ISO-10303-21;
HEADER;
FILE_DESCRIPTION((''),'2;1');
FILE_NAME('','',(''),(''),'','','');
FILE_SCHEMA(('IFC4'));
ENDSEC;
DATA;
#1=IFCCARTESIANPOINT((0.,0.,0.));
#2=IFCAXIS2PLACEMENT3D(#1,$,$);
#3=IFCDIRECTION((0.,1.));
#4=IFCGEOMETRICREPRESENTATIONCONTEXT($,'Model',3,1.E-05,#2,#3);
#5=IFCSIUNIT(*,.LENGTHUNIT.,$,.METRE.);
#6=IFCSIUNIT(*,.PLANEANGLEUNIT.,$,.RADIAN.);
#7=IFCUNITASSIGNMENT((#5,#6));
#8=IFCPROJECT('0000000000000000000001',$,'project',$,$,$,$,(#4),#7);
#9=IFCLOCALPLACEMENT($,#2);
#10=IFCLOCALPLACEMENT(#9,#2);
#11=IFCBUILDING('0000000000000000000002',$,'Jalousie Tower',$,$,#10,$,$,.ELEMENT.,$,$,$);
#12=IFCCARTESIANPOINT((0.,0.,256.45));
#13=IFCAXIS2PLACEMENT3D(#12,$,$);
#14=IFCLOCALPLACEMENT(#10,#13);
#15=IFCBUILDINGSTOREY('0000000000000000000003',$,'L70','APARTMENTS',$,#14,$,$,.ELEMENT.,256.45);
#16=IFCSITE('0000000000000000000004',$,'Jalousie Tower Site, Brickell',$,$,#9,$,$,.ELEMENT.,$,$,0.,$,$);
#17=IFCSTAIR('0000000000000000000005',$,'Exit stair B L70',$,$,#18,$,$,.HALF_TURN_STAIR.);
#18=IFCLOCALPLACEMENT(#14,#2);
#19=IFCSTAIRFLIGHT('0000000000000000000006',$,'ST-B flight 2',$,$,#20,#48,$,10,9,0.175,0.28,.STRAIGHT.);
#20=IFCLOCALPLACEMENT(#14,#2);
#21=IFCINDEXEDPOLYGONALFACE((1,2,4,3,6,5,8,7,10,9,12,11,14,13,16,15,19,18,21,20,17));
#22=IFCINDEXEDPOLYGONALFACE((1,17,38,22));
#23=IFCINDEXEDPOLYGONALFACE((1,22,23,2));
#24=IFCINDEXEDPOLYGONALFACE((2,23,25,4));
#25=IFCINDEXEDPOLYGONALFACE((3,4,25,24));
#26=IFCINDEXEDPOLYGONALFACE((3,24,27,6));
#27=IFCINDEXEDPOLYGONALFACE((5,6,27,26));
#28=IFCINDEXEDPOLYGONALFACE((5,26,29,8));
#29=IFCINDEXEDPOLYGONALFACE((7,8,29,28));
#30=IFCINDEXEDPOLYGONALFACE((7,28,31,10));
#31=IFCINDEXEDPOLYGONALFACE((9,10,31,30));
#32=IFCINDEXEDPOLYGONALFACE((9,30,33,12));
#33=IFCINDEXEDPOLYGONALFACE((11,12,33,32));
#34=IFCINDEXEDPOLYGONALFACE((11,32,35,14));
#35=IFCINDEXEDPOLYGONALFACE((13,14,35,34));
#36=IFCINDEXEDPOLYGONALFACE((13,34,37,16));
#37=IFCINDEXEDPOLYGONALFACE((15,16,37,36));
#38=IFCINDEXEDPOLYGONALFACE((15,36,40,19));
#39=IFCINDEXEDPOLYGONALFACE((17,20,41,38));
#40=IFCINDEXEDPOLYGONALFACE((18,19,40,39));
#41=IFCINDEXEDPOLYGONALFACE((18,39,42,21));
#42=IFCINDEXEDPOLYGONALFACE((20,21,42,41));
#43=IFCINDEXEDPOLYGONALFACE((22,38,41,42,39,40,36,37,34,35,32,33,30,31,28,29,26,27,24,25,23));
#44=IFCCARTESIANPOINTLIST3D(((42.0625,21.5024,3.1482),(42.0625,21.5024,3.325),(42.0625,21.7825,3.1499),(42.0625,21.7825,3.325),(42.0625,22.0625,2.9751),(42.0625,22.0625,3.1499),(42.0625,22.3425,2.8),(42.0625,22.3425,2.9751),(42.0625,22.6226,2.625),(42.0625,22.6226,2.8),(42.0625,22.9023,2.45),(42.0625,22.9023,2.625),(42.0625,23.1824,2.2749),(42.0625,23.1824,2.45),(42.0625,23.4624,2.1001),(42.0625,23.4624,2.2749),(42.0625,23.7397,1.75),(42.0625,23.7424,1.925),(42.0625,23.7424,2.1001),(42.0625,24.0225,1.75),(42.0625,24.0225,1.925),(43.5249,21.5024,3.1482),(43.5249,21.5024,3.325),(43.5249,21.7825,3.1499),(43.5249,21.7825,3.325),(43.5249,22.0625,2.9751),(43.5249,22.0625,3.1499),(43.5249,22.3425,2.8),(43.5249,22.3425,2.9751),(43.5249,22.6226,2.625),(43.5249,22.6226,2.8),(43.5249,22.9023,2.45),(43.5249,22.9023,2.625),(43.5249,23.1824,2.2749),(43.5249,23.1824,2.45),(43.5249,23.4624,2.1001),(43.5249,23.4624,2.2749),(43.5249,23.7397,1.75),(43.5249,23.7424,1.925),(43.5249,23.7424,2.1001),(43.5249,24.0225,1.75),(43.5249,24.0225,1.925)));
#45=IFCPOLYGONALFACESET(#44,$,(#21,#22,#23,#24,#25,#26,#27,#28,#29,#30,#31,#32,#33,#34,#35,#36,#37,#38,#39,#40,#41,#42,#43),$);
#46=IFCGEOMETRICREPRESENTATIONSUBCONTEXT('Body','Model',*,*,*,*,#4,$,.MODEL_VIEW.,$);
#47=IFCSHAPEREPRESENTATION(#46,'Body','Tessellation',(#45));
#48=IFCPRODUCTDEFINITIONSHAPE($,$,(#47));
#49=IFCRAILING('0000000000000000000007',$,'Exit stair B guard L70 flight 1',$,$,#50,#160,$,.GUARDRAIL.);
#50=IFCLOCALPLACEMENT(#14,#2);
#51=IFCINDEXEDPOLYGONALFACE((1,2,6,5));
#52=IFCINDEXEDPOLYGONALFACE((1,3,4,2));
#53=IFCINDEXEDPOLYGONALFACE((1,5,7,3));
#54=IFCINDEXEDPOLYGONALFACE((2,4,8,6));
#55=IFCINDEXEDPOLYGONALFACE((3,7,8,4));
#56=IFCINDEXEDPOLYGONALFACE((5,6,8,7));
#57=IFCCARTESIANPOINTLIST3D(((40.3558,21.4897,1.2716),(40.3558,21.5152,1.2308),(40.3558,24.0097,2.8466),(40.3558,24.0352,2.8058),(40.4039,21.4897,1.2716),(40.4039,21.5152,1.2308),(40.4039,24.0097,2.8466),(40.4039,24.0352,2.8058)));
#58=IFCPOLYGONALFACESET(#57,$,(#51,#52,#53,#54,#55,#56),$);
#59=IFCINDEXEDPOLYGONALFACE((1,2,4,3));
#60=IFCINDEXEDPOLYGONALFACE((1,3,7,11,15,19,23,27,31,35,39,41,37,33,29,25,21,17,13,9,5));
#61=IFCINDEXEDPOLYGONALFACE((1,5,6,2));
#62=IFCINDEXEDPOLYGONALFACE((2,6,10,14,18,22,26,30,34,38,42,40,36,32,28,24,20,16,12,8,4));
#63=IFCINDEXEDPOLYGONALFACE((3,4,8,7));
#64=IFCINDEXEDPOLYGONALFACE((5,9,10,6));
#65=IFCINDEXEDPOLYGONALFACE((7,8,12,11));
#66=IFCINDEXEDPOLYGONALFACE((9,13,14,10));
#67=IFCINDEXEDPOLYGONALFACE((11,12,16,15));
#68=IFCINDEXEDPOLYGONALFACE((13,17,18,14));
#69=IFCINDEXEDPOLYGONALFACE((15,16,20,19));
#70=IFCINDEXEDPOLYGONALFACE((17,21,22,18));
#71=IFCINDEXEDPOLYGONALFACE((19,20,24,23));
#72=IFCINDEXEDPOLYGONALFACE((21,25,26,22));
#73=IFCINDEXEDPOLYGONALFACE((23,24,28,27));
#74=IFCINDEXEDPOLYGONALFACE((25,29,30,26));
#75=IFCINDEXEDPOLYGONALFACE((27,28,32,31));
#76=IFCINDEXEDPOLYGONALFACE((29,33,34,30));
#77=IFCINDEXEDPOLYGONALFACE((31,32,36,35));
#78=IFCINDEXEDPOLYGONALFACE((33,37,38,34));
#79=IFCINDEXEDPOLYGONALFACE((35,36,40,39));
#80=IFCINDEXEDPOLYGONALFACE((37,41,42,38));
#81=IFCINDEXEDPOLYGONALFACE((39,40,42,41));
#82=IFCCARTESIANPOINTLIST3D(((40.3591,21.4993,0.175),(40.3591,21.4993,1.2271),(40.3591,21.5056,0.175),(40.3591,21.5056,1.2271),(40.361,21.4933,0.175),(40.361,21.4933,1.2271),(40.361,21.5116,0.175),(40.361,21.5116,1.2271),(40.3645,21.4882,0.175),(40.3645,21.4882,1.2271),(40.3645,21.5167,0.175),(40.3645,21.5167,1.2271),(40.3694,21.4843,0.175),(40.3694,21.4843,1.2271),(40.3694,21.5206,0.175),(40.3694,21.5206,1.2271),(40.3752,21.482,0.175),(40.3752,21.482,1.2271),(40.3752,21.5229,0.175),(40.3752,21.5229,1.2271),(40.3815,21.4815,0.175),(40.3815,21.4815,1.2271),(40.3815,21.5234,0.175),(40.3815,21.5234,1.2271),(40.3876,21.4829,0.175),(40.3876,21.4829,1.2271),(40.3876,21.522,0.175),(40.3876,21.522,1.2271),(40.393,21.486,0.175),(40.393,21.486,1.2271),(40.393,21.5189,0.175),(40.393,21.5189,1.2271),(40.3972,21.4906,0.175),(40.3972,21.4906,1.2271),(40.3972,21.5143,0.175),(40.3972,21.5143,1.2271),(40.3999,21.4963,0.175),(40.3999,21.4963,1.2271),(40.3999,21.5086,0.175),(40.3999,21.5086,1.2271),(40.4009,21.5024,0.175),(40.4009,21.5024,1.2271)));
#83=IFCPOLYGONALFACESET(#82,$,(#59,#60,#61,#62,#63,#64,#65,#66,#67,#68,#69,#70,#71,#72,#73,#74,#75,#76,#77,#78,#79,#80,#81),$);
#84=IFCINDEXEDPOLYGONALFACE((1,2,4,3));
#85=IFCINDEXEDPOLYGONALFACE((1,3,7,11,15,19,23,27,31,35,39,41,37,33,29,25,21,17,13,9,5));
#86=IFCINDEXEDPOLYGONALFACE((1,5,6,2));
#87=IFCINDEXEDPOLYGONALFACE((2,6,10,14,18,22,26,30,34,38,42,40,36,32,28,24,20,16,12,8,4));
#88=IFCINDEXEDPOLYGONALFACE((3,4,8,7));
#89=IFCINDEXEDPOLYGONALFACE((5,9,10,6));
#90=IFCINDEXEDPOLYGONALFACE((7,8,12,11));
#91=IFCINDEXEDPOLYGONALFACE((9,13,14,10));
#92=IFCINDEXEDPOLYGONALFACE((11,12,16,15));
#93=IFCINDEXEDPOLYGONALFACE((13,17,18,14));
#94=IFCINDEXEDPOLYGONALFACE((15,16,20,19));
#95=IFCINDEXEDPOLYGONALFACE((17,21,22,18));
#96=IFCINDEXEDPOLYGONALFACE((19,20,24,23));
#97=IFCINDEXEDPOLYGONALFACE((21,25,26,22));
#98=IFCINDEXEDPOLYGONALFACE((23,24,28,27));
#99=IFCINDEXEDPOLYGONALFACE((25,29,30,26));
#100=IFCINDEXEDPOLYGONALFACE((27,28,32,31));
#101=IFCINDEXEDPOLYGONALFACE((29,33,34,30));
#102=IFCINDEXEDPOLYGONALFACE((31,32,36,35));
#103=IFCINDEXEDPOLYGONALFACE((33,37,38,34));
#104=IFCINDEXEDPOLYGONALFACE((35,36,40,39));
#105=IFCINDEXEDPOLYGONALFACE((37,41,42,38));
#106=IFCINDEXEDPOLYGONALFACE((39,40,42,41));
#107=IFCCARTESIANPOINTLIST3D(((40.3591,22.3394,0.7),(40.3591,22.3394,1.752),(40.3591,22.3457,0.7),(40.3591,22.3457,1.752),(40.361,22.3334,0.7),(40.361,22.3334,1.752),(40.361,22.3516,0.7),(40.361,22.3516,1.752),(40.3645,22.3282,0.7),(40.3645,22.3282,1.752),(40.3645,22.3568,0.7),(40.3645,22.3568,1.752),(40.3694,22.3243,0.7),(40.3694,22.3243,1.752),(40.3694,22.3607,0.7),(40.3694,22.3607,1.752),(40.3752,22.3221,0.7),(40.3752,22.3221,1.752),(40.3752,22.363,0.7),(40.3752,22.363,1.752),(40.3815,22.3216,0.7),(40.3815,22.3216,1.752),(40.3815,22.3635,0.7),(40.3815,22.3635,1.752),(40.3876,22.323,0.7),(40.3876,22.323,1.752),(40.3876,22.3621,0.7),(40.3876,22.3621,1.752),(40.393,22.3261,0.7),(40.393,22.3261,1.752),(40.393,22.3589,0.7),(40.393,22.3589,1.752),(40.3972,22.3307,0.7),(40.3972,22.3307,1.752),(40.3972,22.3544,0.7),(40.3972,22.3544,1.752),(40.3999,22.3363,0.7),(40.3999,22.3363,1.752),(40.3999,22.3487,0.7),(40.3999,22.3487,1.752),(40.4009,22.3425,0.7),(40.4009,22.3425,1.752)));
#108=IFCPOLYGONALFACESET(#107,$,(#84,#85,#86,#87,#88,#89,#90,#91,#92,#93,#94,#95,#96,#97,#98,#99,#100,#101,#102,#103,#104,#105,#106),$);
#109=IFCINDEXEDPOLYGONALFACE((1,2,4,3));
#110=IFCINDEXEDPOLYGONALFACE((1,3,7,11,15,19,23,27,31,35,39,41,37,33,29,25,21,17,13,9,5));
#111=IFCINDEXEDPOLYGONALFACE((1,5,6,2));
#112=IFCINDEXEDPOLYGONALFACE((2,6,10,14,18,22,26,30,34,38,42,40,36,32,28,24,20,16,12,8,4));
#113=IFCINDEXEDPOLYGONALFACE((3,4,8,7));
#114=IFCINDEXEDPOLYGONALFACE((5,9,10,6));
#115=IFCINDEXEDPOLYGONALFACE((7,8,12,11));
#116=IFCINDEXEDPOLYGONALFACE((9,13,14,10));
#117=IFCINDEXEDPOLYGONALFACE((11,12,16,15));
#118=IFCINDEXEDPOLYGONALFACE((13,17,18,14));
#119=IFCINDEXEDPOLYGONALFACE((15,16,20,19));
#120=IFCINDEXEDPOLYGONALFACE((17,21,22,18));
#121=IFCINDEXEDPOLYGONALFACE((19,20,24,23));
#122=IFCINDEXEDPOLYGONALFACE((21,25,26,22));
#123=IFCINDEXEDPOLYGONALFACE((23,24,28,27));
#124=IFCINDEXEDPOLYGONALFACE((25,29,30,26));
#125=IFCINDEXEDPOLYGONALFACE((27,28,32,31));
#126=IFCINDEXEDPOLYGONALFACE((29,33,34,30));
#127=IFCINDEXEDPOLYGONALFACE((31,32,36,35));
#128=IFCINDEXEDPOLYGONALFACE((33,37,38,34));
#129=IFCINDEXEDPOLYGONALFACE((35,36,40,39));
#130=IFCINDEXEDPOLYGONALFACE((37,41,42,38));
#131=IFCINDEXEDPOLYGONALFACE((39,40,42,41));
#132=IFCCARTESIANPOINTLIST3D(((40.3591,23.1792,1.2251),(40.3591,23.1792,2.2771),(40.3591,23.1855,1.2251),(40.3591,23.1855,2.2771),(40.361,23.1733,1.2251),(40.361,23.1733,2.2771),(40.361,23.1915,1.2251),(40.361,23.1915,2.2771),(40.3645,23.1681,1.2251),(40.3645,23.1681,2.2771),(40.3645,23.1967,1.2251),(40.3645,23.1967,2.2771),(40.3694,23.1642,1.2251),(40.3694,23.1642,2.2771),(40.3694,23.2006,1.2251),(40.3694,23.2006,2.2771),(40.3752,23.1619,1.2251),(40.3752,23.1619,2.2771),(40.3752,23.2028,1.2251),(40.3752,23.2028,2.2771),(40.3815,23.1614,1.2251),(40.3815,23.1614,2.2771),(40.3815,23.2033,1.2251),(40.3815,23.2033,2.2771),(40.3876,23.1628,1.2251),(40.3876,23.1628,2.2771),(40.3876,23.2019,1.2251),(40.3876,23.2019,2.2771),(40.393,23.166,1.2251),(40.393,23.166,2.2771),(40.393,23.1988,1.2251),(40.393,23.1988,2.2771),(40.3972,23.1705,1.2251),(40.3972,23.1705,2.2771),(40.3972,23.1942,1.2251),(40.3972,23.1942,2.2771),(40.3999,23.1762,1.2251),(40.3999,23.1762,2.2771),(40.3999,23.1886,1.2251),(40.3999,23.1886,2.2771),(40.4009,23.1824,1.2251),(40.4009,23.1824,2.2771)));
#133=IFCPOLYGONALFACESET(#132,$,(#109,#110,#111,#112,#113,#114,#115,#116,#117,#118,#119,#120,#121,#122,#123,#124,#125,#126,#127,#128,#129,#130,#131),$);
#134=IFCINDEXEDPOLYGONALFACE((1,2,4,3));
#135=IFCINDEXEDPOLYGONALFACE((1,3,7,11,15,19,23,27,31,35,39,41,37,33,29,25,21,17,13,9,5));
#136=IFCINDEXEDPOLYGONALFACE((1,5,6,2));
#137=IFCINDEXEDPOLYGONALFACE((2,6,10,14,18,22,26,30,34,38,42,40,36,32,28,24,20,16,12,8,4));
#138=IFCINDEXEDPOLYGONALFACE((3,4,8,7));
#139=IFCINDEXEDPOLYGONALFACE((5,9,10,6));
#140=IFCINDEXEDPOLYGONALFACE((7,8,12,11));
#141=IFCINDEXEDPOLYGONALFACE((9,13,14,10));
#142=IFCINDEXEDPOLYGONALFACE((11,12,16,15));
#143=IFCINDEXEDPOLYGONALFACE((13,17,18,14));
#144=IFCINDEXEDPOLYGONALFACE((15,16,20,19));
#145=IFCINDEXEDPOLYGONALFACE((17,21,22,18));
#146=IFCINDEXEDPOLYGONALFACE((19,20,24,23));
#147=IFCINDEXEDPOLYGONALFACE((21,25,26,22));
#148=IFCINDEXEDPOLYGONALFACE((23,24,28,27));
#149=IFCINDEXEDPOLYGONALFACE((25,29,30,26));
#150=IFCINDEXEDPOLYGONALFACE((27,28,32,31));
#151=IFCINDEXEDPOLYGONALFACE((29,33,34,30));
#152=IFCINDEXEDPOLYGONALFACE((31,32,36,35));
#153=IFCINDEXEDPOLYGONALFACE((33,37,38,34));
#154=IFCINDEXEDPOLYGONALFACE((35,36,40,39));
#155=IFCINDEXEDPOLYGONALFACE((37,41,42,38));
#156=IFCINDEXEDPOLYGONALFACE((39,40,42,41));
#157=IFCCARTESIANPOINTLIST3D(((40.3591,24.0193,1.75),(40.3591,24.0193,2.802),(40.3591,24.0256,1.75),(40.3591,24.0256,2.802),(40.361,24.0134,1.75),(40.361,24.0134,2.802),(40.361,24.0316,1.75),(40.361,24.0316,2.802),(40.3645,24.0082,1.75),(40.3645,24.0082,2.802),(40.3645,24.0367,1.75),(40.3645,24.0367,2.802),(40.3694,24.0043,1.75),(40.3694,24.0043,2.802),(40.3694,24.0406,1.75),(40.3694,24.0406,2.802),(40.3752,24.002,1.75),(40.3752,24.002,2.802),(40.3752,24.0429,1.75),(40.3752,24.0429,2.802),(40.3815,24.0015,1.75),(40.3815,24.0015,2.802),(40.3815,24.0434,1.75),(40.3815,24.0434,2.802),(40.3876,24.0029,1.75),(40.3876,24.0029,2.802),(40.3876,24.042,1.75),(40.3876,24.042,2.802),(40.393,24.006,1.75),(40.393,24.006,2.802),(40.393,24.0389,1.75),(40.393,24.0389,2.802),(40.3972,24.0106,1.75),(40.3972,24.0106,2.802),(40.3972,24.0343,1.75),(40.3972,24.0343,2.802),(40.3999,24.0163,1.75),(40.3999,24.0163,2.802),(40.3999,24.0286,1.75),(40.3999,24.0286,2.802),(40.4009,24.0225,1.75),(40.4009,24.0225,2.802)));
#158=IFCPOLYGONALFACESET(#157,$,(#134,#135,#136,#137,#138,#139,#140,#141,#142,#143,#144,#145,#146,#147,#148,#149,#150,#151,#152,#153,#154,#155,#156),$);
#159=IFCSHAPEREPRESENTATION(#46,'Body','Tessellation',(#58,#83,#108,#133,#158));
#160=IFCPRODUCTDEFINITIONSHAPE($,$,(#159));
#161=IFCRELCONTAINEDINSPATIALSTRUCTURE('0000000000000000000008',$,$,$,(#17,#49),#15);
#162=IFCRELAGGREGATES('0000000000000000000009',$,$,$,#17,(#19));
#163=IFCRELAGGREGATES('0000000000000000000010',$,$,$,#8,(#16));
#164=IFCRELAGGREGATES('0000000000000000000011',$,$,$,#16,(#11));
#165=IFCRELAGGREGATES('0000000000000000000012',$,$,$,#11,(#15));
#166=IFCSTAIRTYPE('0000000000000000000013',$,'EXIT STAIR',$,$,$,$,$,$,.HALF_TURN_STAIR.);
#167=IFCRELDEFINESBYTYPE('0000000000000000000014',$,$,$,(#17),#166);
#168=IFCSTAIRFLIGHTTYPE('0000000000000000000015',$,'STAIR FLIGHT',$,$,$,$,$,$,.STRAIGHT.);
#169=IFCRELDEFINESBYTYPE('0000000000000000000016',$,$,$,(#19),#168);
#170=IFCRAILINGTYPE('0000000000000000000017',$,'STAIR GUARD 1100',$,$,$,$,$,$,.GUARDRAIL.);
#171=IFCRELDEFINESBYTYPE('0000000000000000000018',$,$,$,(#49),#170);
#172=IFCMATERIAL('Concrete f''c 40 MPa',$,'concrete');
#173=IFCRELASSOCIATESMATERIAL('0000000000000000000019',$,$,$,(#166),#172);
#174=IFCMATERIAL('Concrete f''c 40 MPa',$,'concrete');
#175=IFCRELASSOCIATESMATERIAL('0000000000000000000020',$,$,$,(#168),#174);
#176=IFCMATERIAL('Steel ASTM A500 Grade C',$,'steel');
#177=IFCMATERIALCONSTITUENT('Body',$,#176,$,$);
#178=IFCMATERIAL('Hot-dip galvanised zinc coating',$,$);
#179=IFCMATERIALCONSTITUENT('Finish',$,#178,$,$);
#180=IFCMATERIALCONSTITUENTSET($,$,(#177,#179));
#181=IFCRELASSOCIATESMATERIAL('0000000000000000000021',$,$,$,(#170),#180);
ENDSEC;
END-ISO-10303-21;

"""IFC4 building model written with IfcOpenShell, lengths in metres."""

from ifc_helpers import new_model, si_unit, direction, frame, origin, origin_2d, place, context, subcontext, project, spatial, polyline, rectangle, circle, outline, extrude, material, constituent, constituent_set, type_object, element, aggregate, save


model = new_model("IFC4")

# Units and contexts
model_context = context("Model", 3, precision=1e-05, world=origin(), true_north=direction((0.0, 1.0)))
body_context = subcontext(model_context, "Body", "Model", "MODEL_VIEW")
ifc_project = project(units=[si_unit("LENGTHUNIT", "METRE"), si_unit("PLANEANGLEUNIT", "RADIAN")], contexts=[model_context])

# Site, building, storey
site_placement = place(None, origin())
site = spatial("IfcSite", under=ifc_project, at=site_placement, Name="Jalousie Tower Site, Brickell", CompositionType="ELEMENT", RefElevation=0.0)
building_placement = place(site_placement, origin())
building = spatial("IfcBuilding", under=site, at=building_placement, Name="Jalousie Tower", CompositionType="ELEMENT")
storey_placement = place(building_placement, frame((0.0, 0.0, 256.45)))
storey = spatial("IfcBuildingStorey", under=building, at=storey_placement, Name="L70", Description="APARTMENTS", CompositionType="ELEMENT", Elevation=256.45)

# Stair, stair flight
ifc_material_1 = material(Name="Concrete f'c 40 MPa", Category="concrete")
stair_type = type_object("IfcStairType", Name="EXIT STAIR", PredefinedType="HALF_TURN_STAIR", material=ifc_material_1)
stair_placement = place(storey_placement, origin())
stair = element("IfcStair", 1, at=stair_placement, inside=storey, type_object=stair_type, Name="Exit stair B L70", PredefinedType="HALF_TURN_STAIR")
ifc_material_2 = material(Name="Concrete f'c 40 MPa", Category="concrete")
stair_flight_type = type_object("IfcStairFlightType", Name="STAIR FLIGHT", PredefinedType="STRAIGHT", material=ifc_material_2)
stair_flight_1_placement = place(storey_placement, frame((42.7937, 24.0225, 1.75), z_axis=(0.0, 0.0, 1.0), x_axis=(0.0, -1.0, 0.0)))
stair_flight_1 = element("IfcStairFlight", 2, at=stair_flight_1_placement, type_object=stair_flight_type, Name="ST-B flight 2", NumberOfRisers=10, NumberOfTreads=9, PredefinedType="STRAIGHT", RiserHeight=0.175, TreadLength=0.28, context=body_context, shape_type="SweptSolid", body=[
    extrude(outline(polyline([(0.0, 0.0), (0.0, 0.175), (0.28, 0.175), (0.28, 0.3501), (0.5601, 0.3501), (0.5601, 0.5249), (0.8401, 0.5249), (0.8401, 0.7), (1.1201, 0.7), (1.1201, 0.875), (1.3999, 0.875), (1.3999, 1.05), (1.6799, 1.05), (1.6799, 1.2251), (1.96, 1.2251), (1.96, 1.3999), (2.24, 1.3999), (2.24, 1.575), (2.52, 1.575), (2.52, 1.75), (2.52, 1.3982), (0.2827, 0.0), (0.0, 0.0)])), frame((0.0, 0.7312, 0.0), z_axis=(0.0, -1.0, 0.0), x_axis=(1.0, 0.0, 0.0)), (0.0, 0.0, 1.0), 1.4624),
])
aggregate(stair, [stair_flight_1])

# Railing
ifc_material_3 = material(Name="Steel ASTM A500 Grade C", Category="steel")
ifc_constituent_1 = constituent(ifc_material_3, Name="Body")
ifc_material_4 = material(Name="Hot-dip galvanised zinc coating")
ifc_constituent_2 = constituent(ifc_material_4, Name="Finish")
ifc_constituent_set_1 = constituent_set(constituents=[ifc_constituent_1, ifc_constituent_2])
railing_type_1 = type_object("IfcRailingType", Name="STAIR GUARD 1100", PredefinedType="GUARDRAIL", material=ifc_constituent_set_1)
railing_1_placement = place(storey_placement, frame((40.3799, 21.5024, 0.175)))
element("IfcRailing", 3, at=railing_1_placement, inside=storey, type_object=railing_type_1, Name="Exit stair B guard L70 flight 1", PredefinedType="GUARDRAIL", context=body_context, shape_type="SweptSolid", body=[
    extrude(rectangle(XDim=0.0481, YDim=0.0481, at=origin_2d()), frame((0.0, 0.0, 1.0762), z_axis=(0.0, 0.848008, 0.529984), x_axis=(-1.0, 0.0, 0.0)), (0.0, 0.0, 1.0), 2.9717),
    extrude(circle(Radius=0.021, at=origin_2d()), origin(), (0.0, 0.0, 1.0), 1.052),
    extrude(circle(Radius=0.021, at=origin_2d()), frame((0.0, 0.8401, 0.5249)), (0.0, 0.0, 1.0), 1.052),
    extrude(circle(Radius=0.021, at=origin_2d()), frame((0.0, 1.6799, 1.05)), (0.0, 0.0, 1.0), 1.052),
    extrude(circle(Radius=0.021, at=origin_2d()), frame((0.0, 2.52, 1.575)), (0.0, 0.0, 1.0), 1.052),
])

save(model, "model.ifc")
